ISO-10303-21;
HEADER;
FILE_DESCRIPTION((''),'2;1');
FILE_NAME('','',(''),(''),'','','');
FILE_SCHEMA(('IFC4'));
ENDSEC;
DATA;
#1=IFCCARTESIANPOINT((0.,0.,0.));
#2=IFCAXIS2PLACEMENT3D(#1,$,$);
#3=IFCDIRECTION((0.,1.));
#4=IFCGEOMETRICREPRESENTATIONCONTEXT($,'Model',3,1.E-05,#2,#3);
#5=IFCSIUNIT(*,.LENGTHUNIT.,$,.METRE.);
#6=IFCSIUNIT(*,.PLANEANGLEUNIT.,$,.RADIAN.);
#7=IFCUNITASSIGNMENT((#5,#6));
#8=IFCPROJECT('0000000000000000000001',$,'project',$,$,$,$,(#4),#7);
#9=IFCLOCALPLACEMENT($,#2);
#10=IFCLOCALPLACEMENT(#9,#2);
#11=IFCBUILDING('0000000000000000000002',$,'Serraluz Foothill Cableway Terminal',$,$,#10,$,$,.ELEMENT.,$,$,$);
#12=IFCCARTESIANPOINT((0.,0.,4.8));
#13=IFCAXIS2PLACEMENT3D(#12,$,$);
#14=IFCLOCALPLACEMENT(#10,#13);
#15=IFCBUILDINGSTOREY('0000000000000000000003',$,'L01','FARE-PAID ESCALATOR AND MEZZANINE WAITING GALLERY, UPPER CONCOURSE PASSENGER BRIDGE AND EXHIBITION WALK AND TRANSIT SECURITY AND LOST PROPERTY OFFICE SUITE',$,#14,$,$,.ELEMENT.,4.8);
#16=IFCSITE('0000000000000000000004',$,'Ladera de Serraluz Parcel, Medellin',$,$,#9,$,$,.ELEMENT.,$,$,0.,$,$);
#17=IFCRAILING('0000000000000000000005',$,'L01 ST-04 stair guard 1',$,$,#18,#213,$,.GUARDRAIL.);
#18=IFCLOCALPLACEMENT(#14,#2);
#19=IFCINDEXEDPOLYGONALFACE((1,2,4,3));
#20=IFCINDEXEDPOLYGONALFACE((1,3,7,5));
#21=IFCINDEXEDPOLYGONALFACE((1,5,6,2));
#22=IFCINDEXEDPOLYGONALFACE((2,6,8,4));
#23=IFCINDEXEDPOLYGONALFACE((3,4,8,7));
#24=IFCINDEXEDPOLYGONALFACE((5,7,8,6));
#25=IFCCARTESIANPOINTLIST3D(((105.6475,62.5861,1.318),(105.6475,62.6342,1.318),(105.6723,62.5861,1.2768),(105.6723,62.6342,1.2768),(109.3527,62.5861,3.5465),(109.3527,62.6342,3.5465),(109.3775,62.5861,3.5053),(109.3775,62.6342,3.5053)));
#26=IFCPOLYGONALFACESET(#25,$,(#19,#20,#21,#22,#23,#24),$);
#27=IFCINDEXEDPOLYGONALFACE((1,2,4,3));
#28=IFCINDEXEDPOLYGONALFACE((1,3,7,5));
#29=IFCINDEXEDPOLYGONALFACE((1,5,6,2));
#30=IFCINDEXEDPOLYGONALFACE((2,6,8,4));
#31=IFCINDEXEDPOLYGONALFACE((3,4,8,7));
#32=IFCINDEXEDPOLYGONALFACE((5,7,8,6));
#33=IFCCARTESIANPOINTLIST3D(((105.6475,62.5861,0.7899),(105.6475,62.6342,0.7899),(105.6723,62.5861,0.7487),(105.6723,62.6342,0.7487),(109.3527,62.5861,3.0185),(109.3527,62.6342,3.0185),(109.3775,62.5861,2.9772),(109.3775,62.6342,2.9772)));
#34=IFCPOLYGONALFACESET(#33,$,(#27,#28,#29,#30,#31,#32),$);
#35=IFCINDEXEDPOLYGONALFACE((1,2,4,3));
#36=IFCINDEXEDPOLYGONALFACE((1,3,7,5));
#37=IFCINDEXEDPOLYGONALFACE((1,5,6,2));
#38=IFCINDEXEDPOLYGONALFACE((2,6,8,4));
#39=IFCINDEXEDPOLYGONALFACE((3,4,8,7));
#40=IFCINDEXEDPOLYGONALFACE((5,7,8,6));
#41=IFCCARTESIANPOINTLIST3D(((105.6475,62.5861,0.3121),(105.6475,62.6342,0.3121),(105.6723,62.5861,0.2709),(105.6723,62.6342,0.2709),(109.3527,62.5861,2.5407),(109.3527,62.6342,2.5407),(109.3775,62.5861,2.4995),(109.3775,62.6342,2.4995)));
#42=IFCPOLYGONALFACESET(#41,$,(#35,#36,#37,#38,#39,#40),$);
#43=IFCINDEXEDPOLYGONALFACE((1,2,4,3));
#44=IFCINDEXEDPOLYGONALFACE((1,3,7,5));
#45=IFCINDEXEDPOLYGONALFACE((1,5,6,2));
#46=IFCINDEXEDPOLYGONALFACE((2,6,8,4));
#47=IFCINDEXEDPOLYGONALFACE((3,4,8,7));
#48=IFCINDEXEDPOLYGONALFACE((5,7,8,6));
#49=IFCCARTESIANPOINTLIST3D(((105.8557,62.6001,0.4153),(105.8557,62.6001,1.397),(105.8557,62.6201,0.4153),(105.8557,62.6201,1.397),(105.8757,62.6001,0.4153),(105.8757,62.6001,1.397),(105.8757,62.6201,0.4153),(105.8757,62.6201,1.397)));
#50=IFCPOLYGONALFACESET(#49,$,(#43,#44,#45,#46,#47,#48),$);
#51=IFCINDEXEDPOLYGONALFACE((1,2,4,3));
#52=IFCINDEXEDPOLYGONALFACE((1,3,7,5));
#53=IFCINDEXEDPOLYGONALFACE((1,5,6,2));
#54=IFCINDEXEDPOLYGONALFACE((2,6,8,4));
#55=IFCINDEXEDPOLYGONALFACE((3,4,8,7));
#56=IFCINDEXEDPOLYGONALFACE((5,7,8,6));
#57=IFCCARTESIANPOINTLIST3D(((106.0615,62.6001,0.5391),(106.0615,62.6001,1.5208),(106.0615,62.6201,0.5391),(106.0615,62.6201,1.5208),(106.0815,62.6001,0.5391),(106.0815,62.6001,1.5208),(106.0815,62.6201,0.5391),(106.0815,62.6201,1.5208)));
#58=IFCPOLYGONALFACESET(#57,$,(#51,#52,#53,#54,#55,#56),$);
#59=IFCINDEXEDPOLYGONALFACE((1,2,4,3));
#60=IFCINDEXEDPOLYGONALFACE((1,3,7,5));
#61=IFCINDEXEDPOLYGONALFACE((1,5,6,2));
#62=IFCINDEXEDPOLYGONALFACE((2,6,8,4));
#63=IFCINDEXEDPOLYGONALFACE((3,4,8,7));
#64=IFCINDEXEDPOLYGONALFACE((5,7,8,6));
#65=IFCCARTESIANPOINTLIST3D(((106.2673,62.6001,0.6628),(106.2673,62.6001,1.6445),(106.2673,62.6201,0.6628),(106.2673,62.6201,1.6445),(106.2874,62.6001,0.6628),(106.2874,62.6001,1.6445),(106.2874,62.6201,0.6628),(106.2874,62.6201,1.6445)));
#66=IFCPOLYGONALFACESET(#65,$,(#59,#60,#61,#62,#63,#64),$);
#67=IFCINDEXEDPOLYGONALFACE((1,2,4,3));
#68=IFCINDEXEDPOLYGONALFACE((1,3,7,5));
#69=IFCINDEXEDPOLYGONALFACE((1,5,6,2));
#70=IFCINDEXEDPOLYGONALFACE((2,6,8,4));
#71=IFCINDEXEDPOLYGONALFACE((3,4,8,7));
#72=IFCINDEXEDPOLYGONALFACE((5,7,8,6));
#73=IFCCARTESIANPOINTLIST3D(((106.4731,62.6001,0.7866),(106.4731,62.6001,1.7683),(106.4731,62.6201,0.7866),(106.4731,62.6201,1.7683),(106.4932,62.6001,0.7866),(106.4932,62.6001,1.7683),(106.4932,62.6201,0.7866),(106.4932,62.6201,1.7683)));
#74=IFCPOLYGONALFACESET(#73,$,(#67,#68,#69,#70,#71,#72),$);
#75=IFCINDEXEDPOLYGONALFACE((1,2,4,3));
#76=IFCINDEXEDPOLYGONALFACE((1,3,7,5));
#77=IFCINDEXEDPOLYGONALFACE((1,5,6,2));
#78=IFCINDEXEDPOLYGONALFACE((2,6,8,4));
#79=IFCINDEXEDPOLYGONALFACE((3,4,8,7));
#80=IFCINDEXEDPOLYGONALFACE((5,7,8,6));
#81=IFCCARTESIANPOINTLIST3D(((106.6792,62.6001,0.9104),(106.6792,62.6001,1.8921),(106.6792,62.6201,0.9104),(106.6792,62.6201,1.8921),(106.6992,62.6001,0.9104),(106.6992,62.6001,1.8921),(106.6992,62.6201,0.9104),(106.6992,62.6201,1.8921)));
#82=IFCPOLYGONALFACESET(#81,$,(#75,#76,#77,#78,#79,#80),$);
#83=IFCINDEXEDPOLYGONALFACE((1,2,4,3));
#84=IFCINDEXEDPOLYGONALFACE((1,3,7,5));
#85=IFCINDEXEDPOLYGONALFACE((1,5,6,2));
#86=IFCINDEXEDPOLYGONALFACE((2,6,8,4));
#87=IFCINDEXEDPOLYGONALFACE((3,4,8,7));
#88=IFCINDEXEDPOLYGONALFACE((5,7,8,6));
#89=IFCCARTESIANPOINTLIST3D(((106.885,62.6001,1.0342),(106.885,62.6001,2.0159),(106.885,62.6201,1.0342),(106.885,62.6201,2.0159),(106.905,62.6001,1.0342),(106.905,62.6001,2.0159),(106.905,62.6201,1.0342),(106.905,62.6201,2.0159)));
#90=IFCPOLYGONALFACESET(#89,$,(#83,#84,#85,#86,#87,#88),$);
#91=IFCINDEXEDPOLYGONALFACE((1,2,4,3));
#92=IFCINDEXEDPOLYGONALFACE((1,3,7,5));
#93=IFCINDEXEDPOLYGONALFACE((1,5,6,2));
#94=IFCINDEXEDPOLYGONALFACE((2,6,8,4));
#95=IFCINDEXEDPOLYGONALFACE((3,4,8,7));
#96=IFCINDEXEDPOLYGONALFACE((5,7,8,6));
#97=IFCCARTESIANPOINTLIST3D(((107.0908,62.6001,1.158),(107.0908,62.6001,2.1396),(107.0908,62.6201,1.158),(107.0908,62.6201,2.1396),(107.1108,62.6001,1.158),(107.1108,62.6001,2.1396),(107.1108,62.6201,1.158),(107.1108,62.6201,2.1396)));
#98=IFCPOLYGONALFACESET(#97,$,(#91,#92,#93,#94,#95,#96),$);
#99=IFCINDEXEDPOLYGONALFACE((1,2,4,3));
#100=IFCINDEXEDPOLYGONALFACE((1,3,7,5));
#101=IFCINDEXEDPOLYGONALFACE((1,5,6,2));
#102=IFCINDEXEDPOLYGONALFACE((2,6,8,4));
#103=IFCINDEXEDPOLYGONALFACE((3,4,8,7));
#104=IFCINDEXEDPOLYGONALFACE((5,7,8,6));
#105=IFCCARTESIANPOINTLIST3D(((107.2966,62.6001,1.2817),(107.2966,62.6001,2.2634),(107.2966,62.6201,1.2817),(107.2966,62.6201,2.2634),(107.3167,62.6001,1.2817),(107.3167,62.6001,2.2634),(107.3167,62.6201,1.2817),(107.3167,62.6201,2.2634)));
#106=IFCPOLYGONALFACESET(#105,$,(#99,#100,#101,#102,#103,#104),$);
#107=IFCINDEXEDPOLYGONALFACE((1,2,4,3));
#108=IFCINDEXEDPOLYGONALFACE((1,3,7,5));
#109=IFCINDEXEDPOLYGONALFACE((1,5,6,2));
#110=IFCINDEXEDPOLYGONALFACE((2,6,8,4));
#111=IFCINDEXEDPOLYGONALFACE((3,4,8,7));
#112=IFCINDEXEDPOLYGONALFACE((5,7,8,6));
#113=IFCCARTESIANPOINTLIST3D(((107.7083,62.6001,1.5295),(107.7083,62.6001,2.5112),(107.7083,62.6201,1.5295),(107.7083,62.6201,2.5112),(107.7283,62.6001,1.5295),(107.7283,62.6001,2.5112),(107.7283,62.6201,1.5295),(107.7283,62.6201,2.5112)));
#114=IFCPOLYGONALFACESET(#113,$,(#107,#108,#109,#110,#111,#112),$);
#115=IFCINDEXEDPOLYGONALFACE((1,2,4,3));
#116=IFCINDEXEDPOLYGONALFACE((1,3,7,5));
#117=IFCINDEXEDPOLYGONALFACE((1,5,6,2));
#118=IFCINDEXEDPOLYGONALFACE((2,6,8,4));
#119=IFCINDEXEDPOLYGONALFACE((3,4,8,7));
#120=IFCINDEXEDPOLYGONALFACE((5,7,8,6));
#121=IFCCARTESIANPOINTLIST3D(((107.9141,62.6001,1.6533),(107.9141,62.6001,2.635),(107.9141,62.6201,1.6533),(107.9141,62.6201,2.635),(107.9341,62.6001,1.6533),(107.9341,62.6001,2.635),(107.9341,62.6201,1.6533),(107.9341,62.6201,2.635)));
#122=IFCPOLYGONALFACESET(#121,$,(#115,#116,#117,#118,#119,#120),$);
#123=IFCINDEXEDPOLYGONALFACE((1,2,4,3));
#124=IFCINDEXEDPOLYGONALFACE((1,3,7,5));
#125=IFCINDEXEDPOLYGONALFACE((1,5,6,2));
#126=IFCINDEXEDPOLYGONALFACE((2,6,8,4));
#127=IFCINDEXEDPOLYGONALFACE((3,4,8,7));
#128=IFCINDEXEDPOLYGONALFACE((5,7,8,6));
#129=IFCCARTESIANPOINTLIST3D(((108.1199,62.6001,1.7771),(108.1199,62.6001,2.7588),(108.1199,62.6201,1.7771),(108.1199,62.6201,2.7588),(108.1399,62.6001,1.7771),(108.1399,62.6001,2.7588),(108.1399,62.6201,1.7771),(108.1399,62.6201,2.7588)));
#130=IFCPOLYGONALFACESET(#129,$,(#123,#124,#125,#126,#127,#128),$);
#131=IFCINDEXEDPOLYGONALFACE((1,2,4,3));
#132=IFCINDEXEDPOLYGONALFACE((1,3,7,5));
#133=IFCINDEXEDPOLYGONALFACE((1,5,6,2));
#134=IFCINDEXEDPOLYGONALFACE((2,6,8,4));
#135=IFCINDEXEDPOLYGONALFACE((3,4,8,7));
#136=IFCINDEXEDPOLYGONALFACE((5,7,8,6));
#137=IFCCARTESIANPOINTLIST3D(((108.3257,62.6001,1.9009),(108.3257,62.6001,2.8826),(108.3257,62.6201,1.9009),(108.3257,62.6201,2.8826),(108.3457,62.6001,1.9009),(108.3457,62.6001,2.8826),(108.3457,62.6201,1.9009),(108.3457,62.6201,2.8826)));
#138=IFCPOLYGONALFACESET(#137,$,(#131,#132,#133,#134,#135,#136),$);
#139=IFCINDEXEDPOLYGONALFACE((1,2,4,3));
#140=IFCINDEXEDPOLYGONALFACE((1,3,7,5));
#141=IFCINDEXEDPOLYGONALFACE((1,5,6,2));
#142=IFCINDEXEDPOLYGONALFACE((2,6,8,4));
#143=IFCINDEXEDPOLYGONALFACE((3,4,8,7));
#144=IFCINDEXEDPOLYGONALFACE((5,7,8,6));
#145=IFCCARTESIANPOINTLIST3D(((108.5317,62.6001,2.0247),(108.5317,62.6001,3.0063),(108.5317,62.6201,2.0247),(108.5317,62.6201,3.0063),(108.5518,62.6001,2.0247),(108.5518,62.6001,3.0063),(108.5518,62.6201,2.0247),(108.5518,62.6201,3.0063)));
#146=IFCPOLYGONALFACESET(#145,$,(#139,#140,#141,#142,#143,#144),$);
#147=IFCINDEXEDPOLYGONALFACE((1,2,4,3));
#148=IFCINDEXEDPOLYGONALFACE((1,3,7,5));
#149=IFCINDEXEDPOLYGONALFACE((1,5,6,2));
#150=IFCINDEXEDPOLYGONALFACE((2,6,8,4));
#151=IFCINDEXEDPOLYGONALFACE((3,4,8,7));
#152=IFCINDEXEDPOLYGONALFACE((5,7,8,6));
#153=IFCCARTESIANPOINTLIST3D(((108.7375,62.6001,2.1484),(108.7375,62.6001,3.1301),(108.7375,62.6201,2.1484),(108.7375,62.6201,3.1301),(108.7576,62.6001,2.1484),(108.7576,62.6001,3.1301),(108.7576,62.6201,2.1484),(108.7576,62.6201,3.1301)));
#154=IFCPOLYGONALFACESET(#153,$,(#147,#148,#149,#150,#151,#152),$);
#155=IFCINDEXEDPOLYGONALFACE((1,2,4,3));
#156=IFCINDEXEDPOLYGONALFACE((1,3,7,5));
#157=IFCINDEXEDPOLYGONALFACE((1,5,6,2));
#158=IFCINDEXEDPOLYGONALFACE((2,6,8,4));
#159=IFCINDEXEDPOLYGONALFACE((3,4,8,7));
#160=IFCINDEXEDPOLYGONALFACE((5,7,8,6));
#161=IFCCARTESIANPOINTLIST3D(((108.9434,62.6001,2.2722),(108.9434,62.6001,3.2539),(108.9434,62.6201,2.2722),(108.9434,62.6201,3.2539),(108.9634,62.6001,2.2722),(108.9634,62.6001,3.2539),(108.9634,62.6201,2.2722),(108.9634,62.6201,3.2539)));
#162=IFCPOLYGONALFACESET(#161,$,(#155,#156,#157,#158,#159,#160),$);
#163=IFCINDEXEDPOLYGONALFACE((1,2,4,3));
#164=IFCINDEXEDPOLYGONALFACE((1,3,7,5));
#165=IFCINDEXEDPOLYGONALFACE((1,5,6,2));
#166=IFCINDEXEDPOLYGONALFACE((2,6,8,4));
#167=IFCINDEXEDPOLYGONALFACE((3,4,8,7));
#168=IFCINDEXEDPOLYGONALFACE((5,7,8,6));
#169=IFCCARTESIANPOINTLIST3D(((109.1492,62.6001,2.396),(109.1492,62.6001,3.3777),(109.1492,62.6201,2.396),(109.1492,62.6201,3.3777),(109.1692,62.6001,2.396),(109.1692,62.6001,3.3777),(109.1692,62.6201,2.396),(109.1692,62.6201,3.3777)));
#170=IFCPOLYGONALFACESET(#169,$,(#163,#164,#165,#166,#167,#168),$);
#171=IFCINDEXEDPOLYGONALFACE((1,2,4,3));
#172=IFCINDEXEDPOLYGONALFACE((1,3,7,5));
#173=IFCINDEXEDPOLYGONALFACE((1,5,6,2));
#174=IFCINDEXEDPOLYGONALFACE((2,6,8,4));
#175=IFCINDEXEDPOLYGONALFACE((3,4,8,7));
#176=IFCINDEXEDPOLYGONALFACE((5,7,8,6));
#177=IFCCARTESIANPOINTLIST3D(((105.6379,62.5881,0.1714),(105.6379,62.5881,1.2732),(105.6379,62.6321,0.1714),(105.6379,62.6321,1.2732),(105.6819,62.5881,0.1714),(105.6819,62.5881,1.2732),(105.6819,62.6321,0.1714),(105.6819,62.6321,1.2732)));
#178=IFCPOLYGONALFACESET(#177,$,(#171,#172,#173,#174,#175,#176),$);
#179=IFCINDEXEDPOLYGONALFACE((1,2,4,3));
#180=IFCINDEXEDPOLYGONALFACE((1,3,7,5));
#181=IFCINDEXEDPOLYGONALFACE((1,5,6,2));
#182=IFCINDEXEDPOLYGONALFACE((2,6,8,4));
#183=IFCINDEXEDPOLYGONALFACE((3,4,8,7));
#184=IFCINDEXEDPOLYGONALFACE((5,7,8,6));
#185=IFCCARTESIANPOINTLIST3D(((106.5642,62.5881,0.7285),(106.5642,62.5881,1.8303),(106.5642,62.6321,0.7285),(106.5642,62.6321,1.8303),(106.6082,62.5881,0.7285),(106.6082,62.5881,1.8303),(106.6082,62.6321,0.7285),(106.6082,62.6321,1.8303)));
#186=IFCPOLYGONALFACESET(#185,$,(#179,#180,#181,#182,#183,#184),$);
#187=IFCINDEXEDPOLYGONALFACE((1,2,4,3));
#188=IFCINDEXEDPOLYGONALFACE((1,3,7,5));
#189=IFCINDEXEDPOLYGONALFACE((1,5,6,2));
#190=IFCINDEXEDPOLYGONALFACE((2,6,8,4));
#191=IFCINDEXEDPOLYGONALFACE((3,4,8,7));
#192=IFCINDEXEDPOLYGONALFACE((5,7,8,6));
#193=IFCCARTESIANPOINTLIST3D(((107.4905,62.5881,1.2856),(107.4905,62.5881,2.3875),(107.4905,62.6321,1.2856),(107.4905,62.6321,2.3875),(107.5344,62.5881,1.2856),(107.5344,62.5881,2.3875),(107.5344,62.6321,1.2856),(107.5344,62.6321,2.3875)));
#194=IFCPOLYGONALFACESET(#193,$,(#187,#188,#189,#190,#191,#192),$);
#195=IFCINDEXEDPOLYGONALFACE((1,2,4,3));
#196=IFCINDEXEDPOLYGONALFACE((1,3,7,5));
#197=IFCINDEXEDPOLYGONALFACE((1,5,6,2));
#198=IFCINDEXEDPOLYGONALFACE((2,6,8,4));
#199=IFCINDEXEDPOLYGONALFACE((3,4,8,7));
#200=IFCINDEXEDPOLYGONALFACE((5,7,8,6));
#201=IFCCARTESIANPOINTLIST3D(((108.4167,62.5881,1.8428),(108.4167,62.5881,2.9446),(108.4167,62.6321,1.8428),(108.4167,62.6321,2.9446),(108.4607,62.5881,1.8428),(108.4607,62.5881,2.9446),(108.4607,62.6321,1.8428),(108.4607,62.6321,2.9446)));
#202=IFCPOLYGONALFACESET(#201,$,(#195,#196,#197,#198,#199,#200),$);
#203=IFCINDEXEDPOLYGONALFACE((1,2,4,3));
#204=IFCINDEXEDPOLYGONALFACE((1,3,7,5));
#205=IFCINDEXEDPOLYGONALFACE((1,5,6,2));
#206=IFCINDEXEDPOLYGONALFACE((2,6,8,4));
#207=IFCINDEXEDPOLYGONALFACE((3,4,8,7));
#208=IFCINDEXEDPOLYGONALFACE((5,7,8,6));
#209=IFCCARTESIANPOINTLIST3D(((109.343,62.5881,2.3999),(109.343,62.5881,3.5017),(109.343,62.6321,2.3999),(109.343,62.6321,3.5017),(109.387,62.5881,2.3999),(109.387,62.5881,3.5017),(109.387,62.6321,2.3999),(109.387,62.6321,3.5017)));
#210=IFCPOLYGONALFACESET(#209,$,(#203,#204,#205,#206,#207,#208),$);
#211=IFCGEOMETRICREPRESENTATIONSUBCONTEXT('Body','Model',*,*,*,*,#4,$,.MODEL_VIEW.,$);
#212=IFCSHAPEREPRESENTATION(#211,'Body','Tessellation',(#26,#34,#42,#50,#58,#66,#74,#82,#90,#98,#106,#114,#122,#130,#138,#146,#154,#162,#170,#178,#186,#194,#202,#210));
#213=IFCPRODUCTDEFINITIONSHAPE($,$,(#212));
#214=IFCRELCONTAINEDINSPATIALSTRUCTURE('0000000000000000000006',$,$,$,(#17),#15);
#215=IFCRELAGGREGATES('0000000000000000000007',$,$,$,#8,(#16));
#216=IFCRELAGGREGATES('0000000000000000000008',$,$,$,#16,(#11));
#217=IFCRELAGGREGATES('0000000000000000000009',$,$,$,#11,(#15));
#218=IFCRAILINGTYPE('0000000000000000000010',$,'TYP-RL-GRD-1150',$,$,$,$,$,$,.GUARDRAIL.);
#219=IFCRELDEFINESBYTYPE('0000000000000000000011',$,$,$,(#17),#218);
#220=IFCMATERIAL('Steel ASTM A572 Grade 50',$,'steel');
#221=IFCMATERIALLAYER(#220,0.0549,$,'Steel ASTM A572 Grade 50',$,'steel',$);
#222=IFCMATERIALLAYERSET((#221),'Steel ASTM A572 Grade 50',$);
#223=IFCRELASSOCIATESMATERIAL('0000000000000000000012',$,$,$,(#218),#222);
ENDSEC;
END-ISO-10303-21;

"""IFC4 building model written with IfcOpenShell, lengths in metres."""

from ifc_helpers import new_model, si_unit, direction, frame, origin, origin_2d, place, context, subcontext, project, spatial, rectangle, extrude, material, layer, layer_set, type_object, element, save


model = new_model("IFC4")

# Units and contexts
model_context = context("Model", 3, precision=1e-05, world=origin(), true_north=direction((0.0, 1.0)))
body_context = subcontext(model_context, "Body", "Model", "MODEL_VIEW")
ifc_project = project(units=[si_unit("LENGTHUNIT", "METRE"), si_unit("PLANEANGLEUNIT", "RADIAN")], contexts=[model_context])

# Site, building, storey
site_placement = place(None, origin())
site = spatial("IfcSite", under=ifc_project, at=site_placement, Name="Ladera de Serraluz Parcel, Medellin", CompositionType="ELEMENT", RefElevation=0.0)
building_placement = place(site_placement, origin())
building = spatial("IfcBuilding", under=site, at=building_placement, Name="Serraluz Foothill Cableway Terminal", CompositionType="ELEMENT")
storey_placement = place(building_placement, frame((0.0, 0.0, 4.8)))
storey = spatial("IfcBuildingStorey", under=building, at=storey_placement, Name="L01", Description="FARE-PAID ESCALATOR AND MEZZANINE WAITING GALLERY, UPPER CONCOURSE PASSENGER BRIDGE AND EXHIBITION WALK AND TRANSIT SECURITY AND LOST PROPERTY OFFICE SUITE", CompositionType="ELEMENT", Elevation=4.8)

# Railing
ifc_material_1 = material(Name="Steel ASTM A572 Grade 50", Category="steel")
ifc_layer_1 = layer(ifc_material_1, 0.0549, Name="Steel ASTM A572 Grade 50", Category="steel")
ifc_layer_set_1 = layer_set([ifc_layer_1], Name="Steel ASTM A572 Grade 50")
railing_type_1 = type_object("IfcRailingType", Name="TYP-RL-GRD-1150", PredefinedType="GUARDRAIL", material=ifc_layer_set_1)
railing_1_placement = place(storey_placement, frame((105.6599, 62.6101, 0.1714)))
element("IfcRailing", 1, at=railing_1_placement, inside=storey, type_object=railing_type_1, Name="L01 ST-04 stair guard 1", PredefinedType="GUARDRAIL", context=body_context, shape_type="SweptSolid", body=[
    extrude(rectangle(XDim=0.0481, YDim=0.0481, at=origin_2d()), frame((0.0, 0.0, 1.126), z_axis=(0.856934, 0.0, 0.515425), x_axis=(0.0, 1.0, 0.0)), (0.0, 0.0, 1.0), 4.3237),
    extrude(rectangle(XDim=0.0481, YDim=0.0481, at=origin_2d()), frame((0.0, 0.0, 0.5979), z_axis=(0.856934, 0.0, 0.515425), x_axis=(0.0, 1.0, 0.0)), (0.0, 0.0, 1.0), 4.3237),
    extrude(rectangle(XDim=0.0481, YDim=0.0481, at=origin_2d()), frame((0.0, 0.0, 0.1201), z_axis=(0.856934, 0.0, 0.515425), x_axis=(0.0, 1.0, 0.0)), (0.0, 0.0, 1.0), 4.3237),
    extrude(rectangle(XDim=0.02, YDim=0.02, at=origin_2d()), frame((0.2058, 0.0, 0.2439)), (0.0, 0.0, 1.0), 0.9817),
    extrude(rectangle(XDim=0.02, YDim=0.02, at=origin_2d()), frame((0.4116, 0.0, 0.3677)), (0.0, 0.0, 1.0), 0.9817),
    extrude(rectangle(XDim=0.02, YDim=0.02, at=origin_2d()), frame((0.6174, 0.0, 0.4915)), (0.0, 0.0, 1.0), 0.9817),
    extrude(rectangle(XDim=0.02, YDim=0.02, at=origin_2d()), frame((0.8232, 0.0, 0.6152)), (0.0, 0.0, 1.0), 0.9817),
    extrude(rectangle(XDim=0.02, YDim=0.02, at=origin_2d()), frame((1.0293, 0.0, 0.739)), (0.0, 0.0, 1.0), 0.9817),
    extrude(rectangle(XDim=0.02, YDim=0.02, at=origin_2d()), frame((1.2351, 0.0, 0.8628)), (0.0, 0.0, 1.0), 0.9817),
    extrude(rectangle(XDim=0.02, YDim=0.02, at=origin_2d()), frame((1.4409, 0.0, 0.9866)), (0.0, 0.0, 1.0), 0.9817),
    extrude(rectangle(XDim=0.02, YDim=0.02, at=origin_2d()), frame((1.6467, 0.0, 1.1104)), (0.0, 0.0, 1.0), 0.9817),
    extrude(rectangle(XDim=0.02, YDim=0.02, at=origin_2d()), frame((2.0583, 0.0, 1.3582)), (0.0, 0.0, 1.0), 0.9817),
    extrude(rectangle(XDim=0.02, YDim=0.02, at=origin_2d()), frame((2.2642, 0.0, 1.4819)), (0.0, 0.0, 1.0), 0.9817),
    extrude(rectangle(XDim=0.02, YDim=0.02, at=origin_2d()), frame((2.47, 0.0, 1.6057)), (0.0, 0.0, 1.0), 0.9817),
    extrude(rectangle(XDim=0.02, YDim=0.02, at=origin_2d()), frame((2.6758, 0.0, 1.7295)), (0.0, 0.0, 1.0), 0.9817),
    extrude(rectangle(XDim=0.02, YDim=0.02, at=origin_2d()), frame((2.8818, 0.0, 1.8533)), (0.0, 0.0, 1.0), 0.9817),
    extrude(rectangle(XDim=0.02, YDim=0.02, at=origin_2d()), frame((3.0876, 0.0, 1.9771)), (0.0, 0.0, 1.0), 0.9817),
    extrude(rectangle(XDim=0.02, YDim=0.02, at=origin_2d()), frame((3.2935, 0.0, 2.1008)), (0.0, 0.0, 1.0), 0.9817),
    extrude(rectangle(XDim=0.02, YDim=0.02, at=origin_2d()), frame((3.4993, 0.0, 2.2246)), (0.0, 0.0, 1.0), 0.9817),
    extrude(rectangle(XDim=0.0439, YDim=0.0439, at=origin_2d()), origin(), (0.0, 0.0, 1.0), 1.1018),
    extrude(rectangle(XDim=0.0439, YDim=0.0439, at=origin_2d()), frame((0.9263, 0.0, 0.5571)), (0.0, 0.0, 1.0), 1.1018),
    extrude(rectangle(XDim=0.0439, YDim=0.0439, at=origin_2d()), frame((1.8525, 0.0, 1.1143)), (0.0, 0.0, 1.0), 1.1018),
    extrude(rectangle(XDim=0.0439, YDim=0.0439, at=origin_2d()), frame((2.7788, 0.0, 1.6714)), (0.0, 0.0, 1.0), 1.1018),
    extrude(rectangle(XDim=0.0439, YDim=0.0439, at=origin_2d()), frame((3.7051, 0.0, 2.2285)), (0.0, 0.0, 1.0), 1.1018),
])

save(model, "model.ifc")
